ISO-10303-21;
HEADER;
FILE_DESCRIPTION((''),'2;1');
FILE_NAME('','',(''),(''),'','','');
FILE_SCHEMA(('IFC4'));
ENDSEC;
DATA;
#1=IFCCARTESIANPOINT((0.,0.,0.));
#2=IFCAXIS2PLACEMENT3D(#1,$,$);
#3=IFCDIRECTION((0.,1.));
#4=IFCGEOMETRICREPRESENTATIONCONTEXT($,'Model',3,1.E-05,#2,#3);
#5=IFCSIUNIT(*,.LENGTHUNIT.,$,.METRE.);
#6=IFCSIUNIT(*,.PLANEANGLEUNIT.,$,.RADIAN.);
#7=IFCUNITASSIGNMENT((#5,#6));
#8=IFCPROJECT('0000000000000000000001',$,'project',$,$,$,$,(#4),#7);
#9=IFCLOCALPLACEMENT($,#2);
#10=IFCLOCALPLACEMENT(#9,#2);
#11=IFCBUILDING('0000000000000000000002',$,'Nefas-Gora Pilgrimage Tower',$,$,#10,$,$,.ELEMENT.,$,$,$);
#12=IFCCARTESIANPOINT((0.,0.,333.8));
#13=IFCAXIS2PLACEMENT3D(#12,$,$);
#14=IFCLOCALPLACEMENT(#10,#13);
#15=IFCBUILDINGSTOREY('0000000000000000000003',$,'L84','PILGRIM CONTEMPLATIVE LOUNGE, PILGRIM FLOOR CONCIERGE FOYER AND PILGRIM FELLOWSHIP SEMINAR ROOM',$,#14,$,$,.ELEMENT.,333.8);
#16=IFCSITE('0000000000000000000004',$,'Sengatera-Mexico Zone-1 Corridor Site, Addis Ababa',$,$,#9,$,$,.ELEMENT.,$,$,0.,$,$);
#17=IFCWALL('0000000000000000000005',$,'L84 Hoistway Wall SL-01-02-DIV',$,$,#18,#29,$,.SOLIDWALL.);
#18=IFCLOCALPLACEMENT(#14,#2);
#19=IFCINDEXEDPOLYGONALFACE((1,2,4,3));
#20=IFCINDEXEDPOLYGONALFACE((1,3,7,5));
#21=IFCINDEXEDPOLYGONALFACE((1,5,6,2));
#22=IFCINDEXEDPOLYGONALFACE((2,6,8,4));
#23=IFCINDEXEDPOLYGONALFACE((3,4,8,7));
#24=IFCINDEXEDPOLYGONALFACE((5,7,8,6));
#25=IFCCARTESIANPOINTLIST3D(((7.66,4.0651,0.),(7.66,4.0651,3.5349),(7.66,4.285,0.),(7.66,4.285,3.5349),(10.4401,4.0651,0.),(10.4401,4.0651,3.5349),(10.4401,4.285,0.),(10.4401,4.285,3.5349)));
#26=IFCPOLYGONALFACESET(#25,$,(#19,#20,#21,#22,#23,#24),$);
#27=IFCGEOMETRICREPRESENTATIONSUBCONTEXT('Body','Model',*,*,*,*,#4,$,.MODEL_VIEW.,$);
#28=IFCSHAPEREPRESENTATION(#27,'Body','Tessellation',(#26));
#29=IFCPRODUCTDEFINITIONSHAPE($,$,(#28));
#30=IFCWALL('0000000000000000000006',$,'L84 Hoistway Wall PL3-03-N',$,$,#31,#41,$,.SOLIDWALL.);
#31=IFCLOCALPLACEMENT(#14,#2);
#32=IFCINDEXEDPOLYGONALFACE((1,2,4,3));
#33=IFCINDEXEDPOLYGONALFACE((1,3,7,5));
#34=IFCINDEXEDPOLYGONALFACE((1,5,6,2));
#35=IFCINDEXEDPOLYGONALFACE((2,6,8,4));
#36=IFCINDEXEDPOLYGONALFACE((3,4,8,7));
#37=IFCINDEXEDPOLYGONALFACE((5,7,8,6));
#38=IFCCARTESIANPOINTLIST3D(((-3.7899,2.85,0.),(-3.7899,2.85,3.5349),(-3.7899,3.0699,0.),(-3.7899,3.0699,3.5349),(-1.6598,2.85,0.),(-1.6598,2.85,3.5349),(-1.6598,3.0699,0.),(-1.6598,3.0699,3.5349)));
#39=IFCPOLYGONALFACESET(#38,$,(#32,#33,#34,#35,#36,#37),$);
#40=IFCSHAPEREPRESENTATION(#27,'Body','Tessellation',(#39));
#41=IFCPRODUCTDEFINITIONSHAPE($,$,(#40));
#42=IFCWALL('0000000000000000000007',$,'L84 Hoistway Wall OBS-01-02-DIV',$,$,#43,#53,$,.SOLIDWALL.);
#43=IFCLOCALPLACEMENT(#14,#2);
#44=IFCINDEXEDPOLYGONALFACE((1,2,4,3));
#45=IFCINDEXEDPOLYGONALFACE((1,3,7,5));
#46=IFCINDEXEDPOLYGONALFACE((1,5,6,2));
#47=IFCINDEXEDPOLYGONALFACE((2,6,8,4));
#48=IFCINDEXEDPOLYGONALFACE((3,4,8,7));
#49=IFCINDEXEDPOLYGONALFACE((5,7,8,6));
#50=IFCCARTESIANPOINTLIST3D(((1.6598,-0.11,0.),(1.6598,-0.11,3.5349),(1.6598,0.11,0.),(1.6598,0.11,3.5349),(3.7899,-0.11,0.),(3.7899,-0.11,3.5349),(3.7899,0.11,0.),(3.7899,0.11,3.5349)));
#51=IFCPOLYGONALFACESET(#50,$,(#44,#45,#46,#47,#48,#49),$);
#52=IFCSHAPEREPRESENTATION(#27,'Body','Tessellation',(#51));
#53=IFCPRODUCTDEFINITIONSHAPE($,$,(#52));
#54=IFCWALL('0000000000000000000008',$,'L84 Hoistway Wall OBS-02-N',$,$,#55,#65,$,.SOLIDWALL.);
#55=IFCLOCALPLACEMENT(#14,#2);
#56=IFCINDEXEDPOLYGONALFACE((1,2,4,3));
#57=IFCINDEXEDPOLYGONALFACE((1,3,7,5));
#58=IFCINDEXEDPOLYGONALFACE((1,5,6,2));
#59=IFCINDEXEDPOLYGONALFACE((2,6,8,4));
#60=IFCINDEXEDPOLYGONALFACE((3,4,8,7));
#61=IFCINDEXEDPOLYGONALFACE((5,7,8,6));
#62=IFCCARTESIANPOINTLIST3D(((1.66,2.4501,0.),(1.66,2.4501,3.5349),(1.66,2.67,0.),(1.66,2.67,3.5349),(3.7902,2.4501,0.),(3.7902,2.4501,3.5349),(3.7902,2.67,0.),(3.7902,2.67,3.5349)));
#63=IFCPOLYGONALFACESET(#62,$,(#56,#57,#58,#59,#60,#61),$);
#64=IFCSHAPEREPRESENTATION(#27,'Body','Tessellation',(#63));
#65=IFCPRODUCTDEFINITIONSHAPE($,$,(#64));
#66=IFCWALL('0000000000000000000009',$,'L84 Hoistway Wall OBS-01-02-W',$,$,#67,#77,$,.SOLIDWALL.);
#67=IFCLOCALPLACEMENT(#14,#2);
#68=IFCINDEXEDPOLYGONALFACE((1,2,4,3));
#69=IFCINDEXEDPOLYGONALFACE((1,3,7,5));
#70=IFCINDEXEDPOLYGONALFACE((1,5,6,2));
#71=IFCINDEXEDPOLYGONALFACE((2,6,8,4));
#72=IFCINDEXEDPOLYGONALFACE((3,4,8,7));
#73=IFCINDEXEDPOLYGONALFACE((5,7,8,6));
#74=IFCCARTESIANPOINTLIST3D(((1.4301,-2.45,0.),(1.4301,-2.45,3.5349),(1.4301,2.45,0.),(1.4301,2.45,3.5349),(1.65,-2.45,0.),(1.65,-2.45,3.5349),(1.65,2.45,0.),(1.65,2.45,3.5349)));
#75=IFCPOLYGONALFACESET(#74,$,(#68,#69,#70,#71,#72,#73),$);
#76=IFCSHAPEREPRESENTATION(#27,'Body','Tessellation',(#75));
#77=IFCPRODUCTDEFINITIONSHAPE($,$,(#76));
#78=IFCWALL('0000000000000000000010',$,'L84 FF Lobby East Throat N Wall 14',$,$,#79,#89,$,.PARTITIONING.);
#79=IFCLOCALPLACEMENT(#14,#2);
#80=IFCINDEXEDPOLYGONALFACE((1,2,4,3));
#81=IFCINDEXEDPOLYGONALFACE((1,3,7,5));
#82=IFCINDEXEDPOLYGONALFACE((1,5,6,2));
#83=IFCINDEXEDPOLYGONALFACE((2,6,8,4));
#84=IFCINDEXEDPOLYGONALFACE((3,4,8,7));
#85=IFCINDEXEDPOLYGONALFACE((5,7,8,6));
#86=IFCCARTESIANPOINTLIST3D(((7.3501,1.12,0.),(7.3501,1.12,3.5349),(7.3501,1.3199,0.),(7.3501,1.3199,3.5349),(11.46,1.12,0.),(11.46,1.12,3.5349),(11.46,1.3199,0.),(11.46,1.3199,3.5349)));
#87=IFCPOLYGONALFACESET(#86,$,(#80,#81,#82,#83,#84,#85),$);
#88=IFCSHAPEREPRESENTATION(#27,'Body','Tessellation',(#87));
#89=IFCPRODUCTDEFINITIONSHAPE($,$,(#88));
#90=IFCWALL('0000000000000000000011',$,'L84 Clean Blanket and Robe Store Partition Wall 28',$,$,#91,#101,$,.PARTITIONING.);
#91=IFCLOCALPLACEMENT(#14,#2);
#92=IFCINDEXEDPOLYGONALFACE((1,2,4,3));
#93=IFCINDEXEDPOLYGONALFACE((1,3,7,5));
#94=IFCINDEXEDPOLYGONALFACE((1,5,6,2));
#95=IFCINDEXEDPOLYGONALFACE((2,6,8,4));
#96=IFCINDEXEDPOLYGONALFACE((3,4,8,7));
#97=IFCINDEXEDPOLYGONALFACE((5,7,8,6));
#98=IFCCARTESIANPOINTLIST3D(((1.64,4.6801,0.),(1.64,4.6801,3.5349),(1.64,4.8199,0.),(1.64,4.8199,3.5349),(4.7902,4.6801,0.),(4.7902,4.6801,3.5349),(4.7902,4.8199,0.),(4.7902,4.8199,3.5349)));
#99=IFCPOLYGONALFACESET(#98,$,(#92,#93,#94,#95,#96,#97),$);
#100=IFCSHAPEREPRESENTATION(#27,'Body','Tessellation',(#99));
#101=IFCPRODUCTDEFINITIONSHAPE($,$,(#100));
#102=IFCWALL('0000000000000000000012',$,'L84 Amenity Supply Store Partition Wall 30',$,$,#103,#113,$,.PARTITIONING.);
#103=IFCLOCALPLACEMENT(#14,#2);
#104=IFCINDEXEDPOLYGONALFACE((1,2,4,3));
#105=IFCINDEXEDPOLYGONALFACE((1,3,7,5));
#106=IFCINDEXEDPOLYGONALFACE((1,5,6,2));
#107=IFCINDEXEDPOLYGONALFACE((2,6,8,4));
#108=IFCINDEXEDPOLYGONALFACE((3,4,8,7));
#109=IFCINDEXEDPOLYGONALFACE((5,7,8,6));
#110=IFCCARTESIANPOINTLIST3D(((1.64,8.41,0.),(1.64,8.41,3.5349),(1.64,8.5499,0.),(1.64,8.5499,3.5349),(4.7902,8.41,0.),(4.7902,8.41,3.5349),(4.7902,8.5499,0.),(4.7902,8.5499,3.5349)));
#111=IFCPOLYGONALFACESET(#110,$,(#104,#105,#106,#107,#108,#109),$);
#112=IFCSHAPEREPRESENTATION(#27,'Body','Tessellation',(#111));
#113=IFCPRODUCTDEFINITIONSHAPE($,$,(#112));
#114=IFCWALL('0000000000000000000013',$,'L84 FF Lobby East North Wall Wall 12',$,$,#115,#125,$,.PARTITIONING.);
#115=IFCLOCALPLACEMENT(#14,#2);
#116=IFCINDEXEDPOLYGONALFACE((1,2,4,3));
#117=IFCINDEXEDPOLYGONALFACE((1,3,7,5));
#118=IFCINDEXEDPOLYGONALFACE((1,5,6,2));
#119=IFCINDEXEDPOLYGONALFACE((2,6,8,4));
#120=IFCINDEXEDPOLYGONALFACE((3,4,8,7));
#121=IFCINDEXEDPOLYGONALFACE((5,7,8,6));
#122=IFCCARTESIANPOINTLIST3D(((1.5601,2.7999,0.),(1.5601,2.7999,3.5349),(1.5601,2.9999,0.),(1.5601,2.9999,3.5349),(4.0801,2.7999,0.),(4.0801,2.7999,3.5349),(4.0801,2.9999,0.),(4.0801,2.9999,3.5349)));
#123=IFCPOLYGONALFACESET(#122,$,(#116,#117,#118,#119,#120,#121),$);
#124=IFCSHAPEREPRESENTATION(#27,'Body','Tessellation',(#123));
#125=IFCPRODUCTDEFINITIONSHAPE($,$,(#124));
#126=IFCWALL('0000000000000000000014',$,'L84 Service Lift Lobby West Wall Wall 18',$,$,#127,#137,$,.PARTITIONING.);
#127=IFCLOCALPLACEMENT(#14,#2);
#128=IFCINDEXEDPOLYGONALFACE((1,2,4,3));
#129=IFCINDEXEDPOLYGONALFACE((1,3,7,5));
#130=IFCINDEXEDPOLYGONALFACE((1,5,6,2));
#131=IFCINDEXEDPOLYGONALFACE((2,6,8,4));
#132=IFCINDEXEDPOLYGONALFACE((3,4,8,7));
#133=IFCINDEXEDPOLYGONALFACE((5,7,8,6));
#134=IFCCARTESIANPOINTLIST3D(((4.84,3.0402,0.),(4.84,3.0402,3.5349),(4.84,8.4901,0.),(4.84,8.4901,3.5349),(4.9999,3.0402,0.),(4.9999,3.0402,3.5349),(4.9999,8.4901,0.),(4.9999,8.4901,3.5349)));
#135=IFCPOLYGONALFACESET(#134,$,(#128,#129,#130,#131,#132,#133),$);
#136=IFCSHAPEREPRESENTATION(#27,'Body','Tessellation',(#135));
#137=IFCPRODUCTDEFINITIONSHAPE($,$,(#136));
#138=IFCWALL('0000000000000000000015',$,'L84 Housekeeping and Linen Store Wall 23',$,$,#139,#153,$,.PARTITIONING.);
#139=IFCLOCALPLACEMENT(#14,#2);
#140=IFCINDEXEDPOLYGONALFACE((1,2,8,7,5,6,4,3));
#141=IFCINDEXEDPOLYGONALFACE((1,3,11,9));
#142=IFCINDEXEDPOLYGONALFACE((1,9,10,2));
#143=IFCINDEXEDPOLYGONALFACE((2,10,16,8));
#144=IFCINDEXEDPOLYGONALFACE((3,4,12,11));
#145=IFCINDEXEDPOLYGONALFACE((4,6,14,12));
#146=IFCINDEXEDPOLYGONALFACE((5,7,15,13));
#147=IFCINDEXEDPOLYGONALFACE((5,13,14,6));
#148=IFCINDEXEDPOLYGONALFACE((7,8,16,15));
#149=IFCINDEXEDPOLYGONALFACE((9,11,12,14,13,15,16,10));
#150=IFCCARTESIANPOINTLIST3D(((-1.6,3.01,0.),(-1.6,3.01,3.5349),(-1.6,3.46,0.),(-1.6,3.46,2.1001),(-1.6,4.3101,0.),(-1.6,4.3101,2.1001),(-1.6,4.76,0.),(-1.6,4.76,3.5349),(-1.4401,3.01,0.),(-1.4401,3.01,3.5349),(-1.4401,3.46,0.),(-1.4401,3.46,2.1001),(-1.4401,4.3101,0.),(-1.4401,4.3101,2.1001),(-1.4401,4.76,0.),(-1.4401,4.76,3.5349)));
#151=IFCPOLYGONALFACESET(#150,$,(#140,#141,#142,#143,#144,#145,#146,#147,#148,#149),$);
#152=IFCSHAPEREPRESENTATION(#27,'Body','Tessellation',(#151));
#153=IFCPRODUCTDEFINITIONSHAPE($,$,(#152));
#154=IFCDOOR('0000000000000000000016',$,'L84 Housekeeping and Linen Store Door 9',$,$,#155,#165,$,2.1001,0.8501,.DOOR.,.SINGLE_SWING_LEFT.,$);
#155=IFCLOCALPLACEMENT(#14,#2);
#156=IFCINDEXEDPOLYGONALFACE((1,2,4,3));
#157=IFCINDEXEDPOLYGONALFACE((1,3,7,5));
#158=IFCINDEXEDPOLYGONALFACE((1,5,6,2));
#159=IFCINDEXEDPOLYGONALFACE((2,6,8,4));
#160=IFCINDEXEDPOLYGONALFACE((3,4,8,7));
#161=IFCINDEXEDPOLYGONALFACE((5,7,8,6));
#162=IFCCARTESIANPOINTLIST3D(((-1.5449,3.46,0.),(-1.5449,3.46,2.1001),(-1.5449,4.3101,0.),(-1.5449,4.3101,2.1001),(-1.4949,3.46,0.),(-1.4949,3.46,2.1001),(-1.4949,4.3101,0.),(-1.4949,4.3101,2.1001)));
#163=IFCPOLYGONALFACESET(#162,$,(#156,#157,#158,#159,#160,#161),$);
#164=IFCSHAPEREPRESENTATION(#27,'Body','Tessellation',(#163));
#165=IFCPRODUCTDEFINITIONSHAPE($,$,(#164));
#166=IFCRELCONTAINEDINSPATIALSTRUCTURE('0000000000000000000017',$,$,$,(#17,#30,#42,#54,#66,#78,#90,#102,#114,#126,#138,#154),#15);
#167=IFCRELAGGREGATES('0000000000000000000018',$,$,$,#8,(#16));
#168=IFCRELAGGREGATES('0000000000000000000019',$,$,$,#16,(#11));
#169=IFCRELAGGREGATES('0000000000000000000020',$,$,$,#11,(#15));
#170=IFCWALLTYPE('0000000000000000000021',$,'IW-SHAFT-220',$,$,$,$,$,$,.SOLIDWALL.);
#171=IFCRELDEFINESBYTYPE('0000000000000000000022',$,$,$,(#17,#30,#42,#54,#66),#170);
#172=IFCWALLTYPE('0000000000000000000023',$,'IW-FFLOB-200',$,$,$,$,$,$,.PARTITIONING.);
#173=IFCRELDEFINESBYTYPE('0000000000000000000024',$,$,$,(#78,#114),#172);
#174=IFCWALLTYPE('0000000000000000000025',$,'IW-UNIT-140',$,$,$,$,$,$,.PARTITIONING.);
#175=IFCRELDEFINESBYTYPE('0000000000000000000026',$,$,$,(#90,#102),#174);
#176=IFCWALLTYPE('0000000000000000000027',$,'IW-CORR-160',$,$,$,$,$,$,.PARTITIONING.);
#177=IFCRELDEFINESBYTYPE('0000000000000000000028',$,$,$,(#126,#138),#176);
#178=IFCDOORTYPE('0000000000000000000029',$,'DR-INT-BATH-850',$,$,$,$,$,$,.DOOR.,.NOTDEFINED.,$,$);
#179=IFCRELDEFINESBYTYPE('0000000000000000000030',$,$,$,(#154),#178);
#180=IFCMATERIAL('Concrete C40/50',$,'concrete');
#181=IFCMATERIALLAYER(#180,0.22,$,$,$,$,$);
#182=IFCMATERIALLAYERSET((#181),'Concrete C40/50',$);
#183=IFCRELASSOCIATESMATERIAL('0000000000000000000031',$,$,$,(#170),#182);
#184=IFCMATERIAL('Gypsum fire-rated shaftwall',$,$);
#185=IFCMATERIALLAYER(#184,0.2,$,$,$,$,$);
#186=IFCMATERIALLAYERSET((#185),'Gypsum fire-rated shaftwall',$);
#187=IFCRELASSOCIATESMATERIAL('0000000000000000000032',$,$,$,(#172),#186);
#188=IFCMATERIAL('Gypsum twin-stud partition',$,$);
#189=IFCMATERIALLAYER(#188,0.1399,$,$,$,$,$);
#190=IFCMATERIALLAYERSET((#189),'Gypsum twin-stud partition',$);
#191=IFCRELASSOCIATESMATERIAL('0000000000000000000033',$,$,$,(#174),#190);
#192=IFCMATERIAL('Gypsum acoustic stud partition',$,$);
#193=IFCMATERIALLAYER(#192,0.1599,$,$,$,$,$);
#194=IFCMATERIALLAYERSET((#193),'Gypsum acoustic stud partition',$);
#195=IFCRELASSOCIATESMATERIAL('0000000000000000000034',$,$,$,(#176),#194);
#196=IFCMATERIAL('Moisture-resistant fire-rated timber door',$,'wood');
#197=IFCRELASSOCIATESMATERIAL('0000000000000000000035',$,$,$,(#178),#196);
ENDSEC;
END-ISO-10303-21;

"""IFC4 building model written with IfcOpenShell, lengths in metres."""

from ifc_helpers import new_model, si_unit, direction, frame, frame_2d, origin, place, context, subcontext, project, spatial, rectangle, extrude, source, transform, mapped, material, layer, layer_set, type_object, element, fill, save


model = new_model("IFC4")

# Units and contexts
model_context = context("Model", 3, precision=1e-05, world=origin(), true_north=direction((0.0, 1.0)))
body_context = subcontext(model_context, "Body", "Model", "MODEL_VIEW")
ifc_project = project(units=[si_unit("LENGTHUNIT", "METRE"), si_unit("PLANEANGLEUNIT", "RADIAN")], contexts=[model_context])

# Site, building, storey
site_placement = place(None, origin())
site = spatial("IfcSite", under=ifc_project, at=site_placement, Name="Sengatera-Mexico Zone-1 Corridor Site, Addis Ababa", CompositionType="ELEMENT", RefElevation=0.0)
building_placement = place(site_placement, origin())
building = spatial("IfcBuilding", under=site, at=building_placement, Name="Nefas-Gora Pilgrimage Tower", CompositionType="ELEMENT")
storey_placement = place(building_placement, frame((0.0, 0.0, 333.8)))
storey = spatial("IfcBuildingStorey", under=building, at=storey_placement, Name="L84", Description="PILGRIM CONTEMPLATIVE LOUNGE, PILGRIM FLOOR CONCIERGE FOYER AND PILGRIM FELLOWSHIP SEMINAR ROOM", CompositionType="ELEMENT", Elevation=333.8)

# Shared definitions
ifc_material_1 = material(Name="Concrete C40/50", Category="concrete")

# Shared definitions
ifc_layer_1 = layer(ifc_material_1, 0.22)
ifc_layer_set_1 = layer_set([ifc_layer_1], Name="Concrete C40/50")
wall_type_1 = type_object("IfcWallType", Name="IW-SHAFT-220", PredefinedType="SOLIDWALL", material=ifc_layer_set_1)

# Walls
shared_shape_1 = source(origin(), body_context, "Body", "SweptSolid", [
    extrude(rectangle(XDim=2.78, YDim=0.22, at=frame_2d((1.3901, 0.0))), origin(), (0.0, 0.0, 1.0), 3.5349),
])
wall_1_placement = place(storey_placement, frame((7.6599, 4.175, 0.0), z_axis=(0.0, 0.0, 1.0), x_axis=(1.0, 0.0, 0.0)))
element("IfcWall", 1, at=wall_1_placement, inside=storey, type_object=wall_type_1, Name="L84 Hoistway Wall SL-01-02-DIV", PredefinedType="SOLIDWALL", context=body_context, shape_type="MappedRepresentation", body=[
    mapped(shared_shape_1, transform((0.0, 0.0, 0.0), x_axis=(1.0, 0.0, 0.0), y_axis=(0.0, 1.0, 0.0), z_axis=(0.0, 0.0, 1.0), scale=1.0)),
])
shared_shape_2 = source(origin(), body_context, "Body", "SweptSolid", [
    extrude(rectangle(XDim=2.1301, YDim=0.22, at=frame_2d((1.0649, 0.0))), origin(), (0.0, 0.0, 1.0), 3.5349),
])
for number, where, z_axis, x_axis, name in (
    (2, (-1.6599, 2.96, 0.0), (0.0, 0.0, 1.0), (-1.0, 0.0, 0.0), "L84 Hoistway Wall PL3-03-N"),
    (3, (1.6599, 0.0, 0.0), (0.0, 0.0, 1.0), (1.0, 0.0, 0.0), "L84 Hoistway Wall OBS-01-02-DIV"),
    (4, (3.79, 2.5601, 0.0), (0.0, 0.0, 1.0), (-1.0, 0.0, 0.0), "L84 Hoistway Wall OBS-02-N"),
):
    element("IfcWall", number, at=place(storey_placement, frame(where, z_axis=z_axis, x_axis=x_axis)), inside=storey, type_object=wall_type_1, Name=name, PredefinedType="SOLIDWALL", context=body_context, shape_type="MappedRepresentation", body=[
        mapped(shared_shape_2, transform((0.0, 0.0, 0.0), x_axis=(1.0, 0.0, 0.0), y_axis=(0.0, 1.0, 0.0), z_axis=(0.0, 0.0, 1.0), scale=1.0)),
    ])
shared_shape_3 = source(origin(), body_context, "Body", "SweptSolid", [
    extrude(rectangle(XDim=4.8999, YDim=0.22, at=frame_2d((2.45, 0.0))), origin(), (0.0, 0.0, 1.0), 3.5349),
])
wall_2_placement = place(storey_placement, frame((1.54, 2.45, 0.0), z_axis=(0.0, 0.0, 1.0), x_axis=(0.0, -1.0, 0.0)))
element("IfcWall", 5, at=wall_2_placement, inside=storey, type_object=wall_type_1, Name="L84 Hoistway Wall OBS-01-02-W", PredefinedType="SOLIDWALL", context=body_context, shape_type="MappedRepresentation", body=[
    mapped(shared_shape_3, transform((0.0, 0.0, 0.0), x_axis=(1.0, 0.0, 0.0), y_axis=(0.0, 1.0, 0.0), z_axis=(0.0, 0.0, 1.0), scale=1.0)),
])

# Shared definitions
ifc_material_2 = material(Name="Gypsum fire-rated shaftwall")
ifc_layer_2 = layer(ifc_material_2, 0.2)
ifc_layer_set_2 = layer_set([ifc_layer_2], Name="Gypsum fire-rated shaftwall")
wall_type_2 = type_object("IfcWallType", Name="IW-FFLOB-200", PredefinedType="PARTITIONING", material=ifc_layer_set_2)

# Walls
shared_shape_4 = source(origin(), body_context, "Body", "SweptSolid", [
    extrude(rectangle(XDim=4.1099, YDim=0.2, at=frame_2d((2.0549, 0.0))), origin(), (0.0, 0.0, 1.0), 3.5349),
])
wall_3_placement = place(storey_placement, frame((7.3501, 1.22, 0.0), z_axis=(0.0, 0.0, 1.0), x_axis=(1.0, 0.0, 0.0)))
element("IfcWall", 6, at=wall_3_placement, inside=storey, type_object=wall_type_2, Name="L84 FF Lobby East Throat N Wall 14", PredefinedType="PARTITIONING", context=body_context, shape_type="MappedRepresentation", body=[
    mapped(shared_shape_4, transform((0.0, 0.0, 0.0), x_axis=(1.0, 0.0, 0.0), y_axis=(0.0, 1.0, 0.0), z_axis=(0.0, 0.0, 1.0), scale=1.0)),
])
ifc_material_3 = material(Name="Gypsum twin-stud partition")
ifc_layer_3 = layer(ifc_material_3, 0.1399)
ifc_layer_set_3 = layer_set([ifc_layer_3], Name="Gypsum twin-stud partition")
wall_type_3 = type_object("IfcWallType", Name="IW-UNIT-140", PredefinedType="PARTITIONING", material=ifc_layer_set_3)
shared_shape_5 = source(origin(), body_context, "Body", "SweptSolid", [
    extrude(rectangle(XDim=3.1501, YDim=0.1399, at=frame_2d((1.5752, 0.0))), origin(), (0.0, 0.0, 1.0), 3.5349),
])
for number, where, z_axis, x_axis, name in (
    (7, (1.6399, 4.75, 0.0), (0.0, 0.0, 1.0), (1.0, 0.0, 0.0), "L84 Clean Blanket and Robe Store Partition Wall 28"),
    (8, (1.6399, 8.48, 0.0), (0.0, 0.0, 1.0), (1.0, 0.0, 0.0), "L84 Amenity Supply Store Partition Wall 30"),
):
    element("IfcWall", number, at=place(storey_placement, frame(where, z_axis=z_axis, x_axis=x_axis)), inside=storey, type_object=wall_type_3, Name=name, PredefinedType="PARTITIONING", context=body_context, shape_type="MappedRepresentation", body=[
        mapped(shared_shape_5, transform((0.0, 0.0, 0.0), x_axis=(1.0, 0.0, 0.0), y_axis=(0.0, 1.0, 0.0), z_axis=(0.0, 0.0, 1.0), scale=1.0)),
    ])
shared_shape_6 = source(origin(), body_context, "Body", "SweptSolid", [
    extrude(rectangle(XDim=2.52, YDim=0.2, at=frame_2d((1.26, 0.0))), origin(), (0.0, 0.0, 1.0), 3.5349),
])
wall_4_placement = place(storey_placement, frame((1.5601, 2.8999, 0.0), z_axis=(0.0, 0.0, 1.0), x_axis=(1.0, 0.0, 0.0)))
element("IfcWall", 9, at=wall_4_placement, inside=storey, type_object=wall_type_2, Name="L84 FF Lobby East North Wall Wall 12", PredefinedType="PARTITIONING", context=body_context, shape_type="MappedRepresentation", body=[
    mapped(shared_shape_6, transform((0.0, 0.0, 0.0), x_axis=(1.0, 0.0, 0.0), y_axis=(0.0, 1.0, 0.0), z_axis=(0.0, 0.0, 1.0), scale=1.0)),
])
ifc_material_4 = material(Name="Gypsum acoustic stud partition")
ifc_layer_4 = layer(ifc_material_4, 0.1599)
ifc_layer_set_4 = layer_set([ifc_layer_4], Name="Gypsum acoustic stud partition")
wall_type_4 = type_object("IfcWallType", Name="IW-CORR-160", PredefinedType="PARTITIONING", material=ifc_layer_set_4)
shared_shape_7 = source(origin(), body_context, "Body", "SweptSolid", [
    extrude(rectangle(XDim=5.45, YDim=0.1599, at=frame_2d((2.7251, 0.0))), origin(), (0.0, 0.0, 1.0), 3.5349),
])
wall_5_placement = place(storey_placement, frame((4.9199, 3.04, 0.0), z_axis=(0.0, 0.0, 1.0), x_axis=(0.0, 1.0, 0.0)))
element("IfcWall", 10, at=wall_5_placement, inside=storey, type_object=wall_type_4, Name="L84 Service Lift Lobby West Wall Wall 18", PredefinedType="PARTITIONING", context=body_context, shape_type="MappedRepresentation", body=[
    mapped(shared_shape_7, transform((0.0, 0.0, 0.0), x_axis=(1.0, 0.0, 0.0), y_axis=(0.0, 1.0, 0.0), z_axis=(0.0, 0.0, 1.0), scale=1.0)),
])

# Wall, opening, door
shared_shape_8 = source(origin(), body_context, "Body", "SweptSolid", [
    extrude(rectangle(XDim=1.75, YDim=0.1599, at=frame_2d((0.875, 0.0))), origin(), (0.0, 0.0, 1.0), 3.5349),
])
wall_6_placement = place(storey_placement, frame((-1.52, 3.01, 0.0), z_axis=(0.0, 0.0, 1.0), x_axis=(0.0, 1.0, 0.0)))
wall_6 = element("IfcWall", 11, at=wall_6_placement, inside=storey, type_object=wall_type_4, Name="L84 Housekeeping and Linen Store Wall 23", PredefinedType="PARTITIONING", context=body_context, shape_type="MappedRepresentation", body=[
    mapped(shared_shape_8, transform((0.0, 0.0, 0.0), x_axis=(1.0, 0.0, 0.0), y_axis=(0.0, 1.0, 0.0), z_axis=(0.0, 0.0, 1.0), scale=1.0)),
])
opening_1_placement = place(wall_6_placement, frame((0.45, 0.0, 0.0)))
opening_1 = element("IfcOpeningElement", 12, at=opening_1_placement, cuts=wall_6, PredefinedType="OPENING", context=body_context, shape_type="SweptSolid", body=[
    extrude(rectangle(XDim=0.8501, YDim=2.1001, at=frame_2d((0.425, 1.05))), frame((0.0, 0.0898, 0.0), z_axis=(0.0, -1.0, 0.0), x_axis=(1.0, 0.0, 0.0)), (0.0, 0.0, 1.0), 0.1799),
])
ifc_material_5 = material(Name="Moisture-resistant fire-rated timber door", Category="wood")
door_type_1 = type_object("IfcDoorType", Name="DR-INT-BATH-850", OperationType="NOTDEFINED", PredefinedType="DOOR", material=ifc_material_5)
shared_shape_9 = source(origin(), body_context, "Body", "SweptSolid", [
    extrude(rectangle(XDim=0.8501, YDim=2.1001, at=frame_2d((0.425, 1.05))), frame((0.0, 0.0249, 0.0), z_axis=(0.0, -1.0, 0.0), x_axis=(1.0, 0.0, 0.0)), (0.0, 0.0, 1.0), 0.05),
])
door_1_placement = place(opening_1_placement, origin())
door_1 = element("IfcDoor", 13, at=door_1_placement, inside=storey, type_object=door_type_1, Name="L84 Housekeeping and Linen Store Door 9", OperationType="SINGLE_SWING_LEFT", OverallHeight=2.1001, OverallWidth=0.8501, PredefinedType="DOOR", context=body_context, shape_type="MappedRepresentation", body=[
    mapped(shared_shape_9, transform((0.0, 0.0, 0.0), x_axis=(1.0, 0.0, 0.0), y_axis=(0.0, 1.0, 0.0), z_axis=(0.0, 0.0, 1.0), scale=1.0)),
])
fill(opening_1, door_1)

save(model, "model.ifc")
